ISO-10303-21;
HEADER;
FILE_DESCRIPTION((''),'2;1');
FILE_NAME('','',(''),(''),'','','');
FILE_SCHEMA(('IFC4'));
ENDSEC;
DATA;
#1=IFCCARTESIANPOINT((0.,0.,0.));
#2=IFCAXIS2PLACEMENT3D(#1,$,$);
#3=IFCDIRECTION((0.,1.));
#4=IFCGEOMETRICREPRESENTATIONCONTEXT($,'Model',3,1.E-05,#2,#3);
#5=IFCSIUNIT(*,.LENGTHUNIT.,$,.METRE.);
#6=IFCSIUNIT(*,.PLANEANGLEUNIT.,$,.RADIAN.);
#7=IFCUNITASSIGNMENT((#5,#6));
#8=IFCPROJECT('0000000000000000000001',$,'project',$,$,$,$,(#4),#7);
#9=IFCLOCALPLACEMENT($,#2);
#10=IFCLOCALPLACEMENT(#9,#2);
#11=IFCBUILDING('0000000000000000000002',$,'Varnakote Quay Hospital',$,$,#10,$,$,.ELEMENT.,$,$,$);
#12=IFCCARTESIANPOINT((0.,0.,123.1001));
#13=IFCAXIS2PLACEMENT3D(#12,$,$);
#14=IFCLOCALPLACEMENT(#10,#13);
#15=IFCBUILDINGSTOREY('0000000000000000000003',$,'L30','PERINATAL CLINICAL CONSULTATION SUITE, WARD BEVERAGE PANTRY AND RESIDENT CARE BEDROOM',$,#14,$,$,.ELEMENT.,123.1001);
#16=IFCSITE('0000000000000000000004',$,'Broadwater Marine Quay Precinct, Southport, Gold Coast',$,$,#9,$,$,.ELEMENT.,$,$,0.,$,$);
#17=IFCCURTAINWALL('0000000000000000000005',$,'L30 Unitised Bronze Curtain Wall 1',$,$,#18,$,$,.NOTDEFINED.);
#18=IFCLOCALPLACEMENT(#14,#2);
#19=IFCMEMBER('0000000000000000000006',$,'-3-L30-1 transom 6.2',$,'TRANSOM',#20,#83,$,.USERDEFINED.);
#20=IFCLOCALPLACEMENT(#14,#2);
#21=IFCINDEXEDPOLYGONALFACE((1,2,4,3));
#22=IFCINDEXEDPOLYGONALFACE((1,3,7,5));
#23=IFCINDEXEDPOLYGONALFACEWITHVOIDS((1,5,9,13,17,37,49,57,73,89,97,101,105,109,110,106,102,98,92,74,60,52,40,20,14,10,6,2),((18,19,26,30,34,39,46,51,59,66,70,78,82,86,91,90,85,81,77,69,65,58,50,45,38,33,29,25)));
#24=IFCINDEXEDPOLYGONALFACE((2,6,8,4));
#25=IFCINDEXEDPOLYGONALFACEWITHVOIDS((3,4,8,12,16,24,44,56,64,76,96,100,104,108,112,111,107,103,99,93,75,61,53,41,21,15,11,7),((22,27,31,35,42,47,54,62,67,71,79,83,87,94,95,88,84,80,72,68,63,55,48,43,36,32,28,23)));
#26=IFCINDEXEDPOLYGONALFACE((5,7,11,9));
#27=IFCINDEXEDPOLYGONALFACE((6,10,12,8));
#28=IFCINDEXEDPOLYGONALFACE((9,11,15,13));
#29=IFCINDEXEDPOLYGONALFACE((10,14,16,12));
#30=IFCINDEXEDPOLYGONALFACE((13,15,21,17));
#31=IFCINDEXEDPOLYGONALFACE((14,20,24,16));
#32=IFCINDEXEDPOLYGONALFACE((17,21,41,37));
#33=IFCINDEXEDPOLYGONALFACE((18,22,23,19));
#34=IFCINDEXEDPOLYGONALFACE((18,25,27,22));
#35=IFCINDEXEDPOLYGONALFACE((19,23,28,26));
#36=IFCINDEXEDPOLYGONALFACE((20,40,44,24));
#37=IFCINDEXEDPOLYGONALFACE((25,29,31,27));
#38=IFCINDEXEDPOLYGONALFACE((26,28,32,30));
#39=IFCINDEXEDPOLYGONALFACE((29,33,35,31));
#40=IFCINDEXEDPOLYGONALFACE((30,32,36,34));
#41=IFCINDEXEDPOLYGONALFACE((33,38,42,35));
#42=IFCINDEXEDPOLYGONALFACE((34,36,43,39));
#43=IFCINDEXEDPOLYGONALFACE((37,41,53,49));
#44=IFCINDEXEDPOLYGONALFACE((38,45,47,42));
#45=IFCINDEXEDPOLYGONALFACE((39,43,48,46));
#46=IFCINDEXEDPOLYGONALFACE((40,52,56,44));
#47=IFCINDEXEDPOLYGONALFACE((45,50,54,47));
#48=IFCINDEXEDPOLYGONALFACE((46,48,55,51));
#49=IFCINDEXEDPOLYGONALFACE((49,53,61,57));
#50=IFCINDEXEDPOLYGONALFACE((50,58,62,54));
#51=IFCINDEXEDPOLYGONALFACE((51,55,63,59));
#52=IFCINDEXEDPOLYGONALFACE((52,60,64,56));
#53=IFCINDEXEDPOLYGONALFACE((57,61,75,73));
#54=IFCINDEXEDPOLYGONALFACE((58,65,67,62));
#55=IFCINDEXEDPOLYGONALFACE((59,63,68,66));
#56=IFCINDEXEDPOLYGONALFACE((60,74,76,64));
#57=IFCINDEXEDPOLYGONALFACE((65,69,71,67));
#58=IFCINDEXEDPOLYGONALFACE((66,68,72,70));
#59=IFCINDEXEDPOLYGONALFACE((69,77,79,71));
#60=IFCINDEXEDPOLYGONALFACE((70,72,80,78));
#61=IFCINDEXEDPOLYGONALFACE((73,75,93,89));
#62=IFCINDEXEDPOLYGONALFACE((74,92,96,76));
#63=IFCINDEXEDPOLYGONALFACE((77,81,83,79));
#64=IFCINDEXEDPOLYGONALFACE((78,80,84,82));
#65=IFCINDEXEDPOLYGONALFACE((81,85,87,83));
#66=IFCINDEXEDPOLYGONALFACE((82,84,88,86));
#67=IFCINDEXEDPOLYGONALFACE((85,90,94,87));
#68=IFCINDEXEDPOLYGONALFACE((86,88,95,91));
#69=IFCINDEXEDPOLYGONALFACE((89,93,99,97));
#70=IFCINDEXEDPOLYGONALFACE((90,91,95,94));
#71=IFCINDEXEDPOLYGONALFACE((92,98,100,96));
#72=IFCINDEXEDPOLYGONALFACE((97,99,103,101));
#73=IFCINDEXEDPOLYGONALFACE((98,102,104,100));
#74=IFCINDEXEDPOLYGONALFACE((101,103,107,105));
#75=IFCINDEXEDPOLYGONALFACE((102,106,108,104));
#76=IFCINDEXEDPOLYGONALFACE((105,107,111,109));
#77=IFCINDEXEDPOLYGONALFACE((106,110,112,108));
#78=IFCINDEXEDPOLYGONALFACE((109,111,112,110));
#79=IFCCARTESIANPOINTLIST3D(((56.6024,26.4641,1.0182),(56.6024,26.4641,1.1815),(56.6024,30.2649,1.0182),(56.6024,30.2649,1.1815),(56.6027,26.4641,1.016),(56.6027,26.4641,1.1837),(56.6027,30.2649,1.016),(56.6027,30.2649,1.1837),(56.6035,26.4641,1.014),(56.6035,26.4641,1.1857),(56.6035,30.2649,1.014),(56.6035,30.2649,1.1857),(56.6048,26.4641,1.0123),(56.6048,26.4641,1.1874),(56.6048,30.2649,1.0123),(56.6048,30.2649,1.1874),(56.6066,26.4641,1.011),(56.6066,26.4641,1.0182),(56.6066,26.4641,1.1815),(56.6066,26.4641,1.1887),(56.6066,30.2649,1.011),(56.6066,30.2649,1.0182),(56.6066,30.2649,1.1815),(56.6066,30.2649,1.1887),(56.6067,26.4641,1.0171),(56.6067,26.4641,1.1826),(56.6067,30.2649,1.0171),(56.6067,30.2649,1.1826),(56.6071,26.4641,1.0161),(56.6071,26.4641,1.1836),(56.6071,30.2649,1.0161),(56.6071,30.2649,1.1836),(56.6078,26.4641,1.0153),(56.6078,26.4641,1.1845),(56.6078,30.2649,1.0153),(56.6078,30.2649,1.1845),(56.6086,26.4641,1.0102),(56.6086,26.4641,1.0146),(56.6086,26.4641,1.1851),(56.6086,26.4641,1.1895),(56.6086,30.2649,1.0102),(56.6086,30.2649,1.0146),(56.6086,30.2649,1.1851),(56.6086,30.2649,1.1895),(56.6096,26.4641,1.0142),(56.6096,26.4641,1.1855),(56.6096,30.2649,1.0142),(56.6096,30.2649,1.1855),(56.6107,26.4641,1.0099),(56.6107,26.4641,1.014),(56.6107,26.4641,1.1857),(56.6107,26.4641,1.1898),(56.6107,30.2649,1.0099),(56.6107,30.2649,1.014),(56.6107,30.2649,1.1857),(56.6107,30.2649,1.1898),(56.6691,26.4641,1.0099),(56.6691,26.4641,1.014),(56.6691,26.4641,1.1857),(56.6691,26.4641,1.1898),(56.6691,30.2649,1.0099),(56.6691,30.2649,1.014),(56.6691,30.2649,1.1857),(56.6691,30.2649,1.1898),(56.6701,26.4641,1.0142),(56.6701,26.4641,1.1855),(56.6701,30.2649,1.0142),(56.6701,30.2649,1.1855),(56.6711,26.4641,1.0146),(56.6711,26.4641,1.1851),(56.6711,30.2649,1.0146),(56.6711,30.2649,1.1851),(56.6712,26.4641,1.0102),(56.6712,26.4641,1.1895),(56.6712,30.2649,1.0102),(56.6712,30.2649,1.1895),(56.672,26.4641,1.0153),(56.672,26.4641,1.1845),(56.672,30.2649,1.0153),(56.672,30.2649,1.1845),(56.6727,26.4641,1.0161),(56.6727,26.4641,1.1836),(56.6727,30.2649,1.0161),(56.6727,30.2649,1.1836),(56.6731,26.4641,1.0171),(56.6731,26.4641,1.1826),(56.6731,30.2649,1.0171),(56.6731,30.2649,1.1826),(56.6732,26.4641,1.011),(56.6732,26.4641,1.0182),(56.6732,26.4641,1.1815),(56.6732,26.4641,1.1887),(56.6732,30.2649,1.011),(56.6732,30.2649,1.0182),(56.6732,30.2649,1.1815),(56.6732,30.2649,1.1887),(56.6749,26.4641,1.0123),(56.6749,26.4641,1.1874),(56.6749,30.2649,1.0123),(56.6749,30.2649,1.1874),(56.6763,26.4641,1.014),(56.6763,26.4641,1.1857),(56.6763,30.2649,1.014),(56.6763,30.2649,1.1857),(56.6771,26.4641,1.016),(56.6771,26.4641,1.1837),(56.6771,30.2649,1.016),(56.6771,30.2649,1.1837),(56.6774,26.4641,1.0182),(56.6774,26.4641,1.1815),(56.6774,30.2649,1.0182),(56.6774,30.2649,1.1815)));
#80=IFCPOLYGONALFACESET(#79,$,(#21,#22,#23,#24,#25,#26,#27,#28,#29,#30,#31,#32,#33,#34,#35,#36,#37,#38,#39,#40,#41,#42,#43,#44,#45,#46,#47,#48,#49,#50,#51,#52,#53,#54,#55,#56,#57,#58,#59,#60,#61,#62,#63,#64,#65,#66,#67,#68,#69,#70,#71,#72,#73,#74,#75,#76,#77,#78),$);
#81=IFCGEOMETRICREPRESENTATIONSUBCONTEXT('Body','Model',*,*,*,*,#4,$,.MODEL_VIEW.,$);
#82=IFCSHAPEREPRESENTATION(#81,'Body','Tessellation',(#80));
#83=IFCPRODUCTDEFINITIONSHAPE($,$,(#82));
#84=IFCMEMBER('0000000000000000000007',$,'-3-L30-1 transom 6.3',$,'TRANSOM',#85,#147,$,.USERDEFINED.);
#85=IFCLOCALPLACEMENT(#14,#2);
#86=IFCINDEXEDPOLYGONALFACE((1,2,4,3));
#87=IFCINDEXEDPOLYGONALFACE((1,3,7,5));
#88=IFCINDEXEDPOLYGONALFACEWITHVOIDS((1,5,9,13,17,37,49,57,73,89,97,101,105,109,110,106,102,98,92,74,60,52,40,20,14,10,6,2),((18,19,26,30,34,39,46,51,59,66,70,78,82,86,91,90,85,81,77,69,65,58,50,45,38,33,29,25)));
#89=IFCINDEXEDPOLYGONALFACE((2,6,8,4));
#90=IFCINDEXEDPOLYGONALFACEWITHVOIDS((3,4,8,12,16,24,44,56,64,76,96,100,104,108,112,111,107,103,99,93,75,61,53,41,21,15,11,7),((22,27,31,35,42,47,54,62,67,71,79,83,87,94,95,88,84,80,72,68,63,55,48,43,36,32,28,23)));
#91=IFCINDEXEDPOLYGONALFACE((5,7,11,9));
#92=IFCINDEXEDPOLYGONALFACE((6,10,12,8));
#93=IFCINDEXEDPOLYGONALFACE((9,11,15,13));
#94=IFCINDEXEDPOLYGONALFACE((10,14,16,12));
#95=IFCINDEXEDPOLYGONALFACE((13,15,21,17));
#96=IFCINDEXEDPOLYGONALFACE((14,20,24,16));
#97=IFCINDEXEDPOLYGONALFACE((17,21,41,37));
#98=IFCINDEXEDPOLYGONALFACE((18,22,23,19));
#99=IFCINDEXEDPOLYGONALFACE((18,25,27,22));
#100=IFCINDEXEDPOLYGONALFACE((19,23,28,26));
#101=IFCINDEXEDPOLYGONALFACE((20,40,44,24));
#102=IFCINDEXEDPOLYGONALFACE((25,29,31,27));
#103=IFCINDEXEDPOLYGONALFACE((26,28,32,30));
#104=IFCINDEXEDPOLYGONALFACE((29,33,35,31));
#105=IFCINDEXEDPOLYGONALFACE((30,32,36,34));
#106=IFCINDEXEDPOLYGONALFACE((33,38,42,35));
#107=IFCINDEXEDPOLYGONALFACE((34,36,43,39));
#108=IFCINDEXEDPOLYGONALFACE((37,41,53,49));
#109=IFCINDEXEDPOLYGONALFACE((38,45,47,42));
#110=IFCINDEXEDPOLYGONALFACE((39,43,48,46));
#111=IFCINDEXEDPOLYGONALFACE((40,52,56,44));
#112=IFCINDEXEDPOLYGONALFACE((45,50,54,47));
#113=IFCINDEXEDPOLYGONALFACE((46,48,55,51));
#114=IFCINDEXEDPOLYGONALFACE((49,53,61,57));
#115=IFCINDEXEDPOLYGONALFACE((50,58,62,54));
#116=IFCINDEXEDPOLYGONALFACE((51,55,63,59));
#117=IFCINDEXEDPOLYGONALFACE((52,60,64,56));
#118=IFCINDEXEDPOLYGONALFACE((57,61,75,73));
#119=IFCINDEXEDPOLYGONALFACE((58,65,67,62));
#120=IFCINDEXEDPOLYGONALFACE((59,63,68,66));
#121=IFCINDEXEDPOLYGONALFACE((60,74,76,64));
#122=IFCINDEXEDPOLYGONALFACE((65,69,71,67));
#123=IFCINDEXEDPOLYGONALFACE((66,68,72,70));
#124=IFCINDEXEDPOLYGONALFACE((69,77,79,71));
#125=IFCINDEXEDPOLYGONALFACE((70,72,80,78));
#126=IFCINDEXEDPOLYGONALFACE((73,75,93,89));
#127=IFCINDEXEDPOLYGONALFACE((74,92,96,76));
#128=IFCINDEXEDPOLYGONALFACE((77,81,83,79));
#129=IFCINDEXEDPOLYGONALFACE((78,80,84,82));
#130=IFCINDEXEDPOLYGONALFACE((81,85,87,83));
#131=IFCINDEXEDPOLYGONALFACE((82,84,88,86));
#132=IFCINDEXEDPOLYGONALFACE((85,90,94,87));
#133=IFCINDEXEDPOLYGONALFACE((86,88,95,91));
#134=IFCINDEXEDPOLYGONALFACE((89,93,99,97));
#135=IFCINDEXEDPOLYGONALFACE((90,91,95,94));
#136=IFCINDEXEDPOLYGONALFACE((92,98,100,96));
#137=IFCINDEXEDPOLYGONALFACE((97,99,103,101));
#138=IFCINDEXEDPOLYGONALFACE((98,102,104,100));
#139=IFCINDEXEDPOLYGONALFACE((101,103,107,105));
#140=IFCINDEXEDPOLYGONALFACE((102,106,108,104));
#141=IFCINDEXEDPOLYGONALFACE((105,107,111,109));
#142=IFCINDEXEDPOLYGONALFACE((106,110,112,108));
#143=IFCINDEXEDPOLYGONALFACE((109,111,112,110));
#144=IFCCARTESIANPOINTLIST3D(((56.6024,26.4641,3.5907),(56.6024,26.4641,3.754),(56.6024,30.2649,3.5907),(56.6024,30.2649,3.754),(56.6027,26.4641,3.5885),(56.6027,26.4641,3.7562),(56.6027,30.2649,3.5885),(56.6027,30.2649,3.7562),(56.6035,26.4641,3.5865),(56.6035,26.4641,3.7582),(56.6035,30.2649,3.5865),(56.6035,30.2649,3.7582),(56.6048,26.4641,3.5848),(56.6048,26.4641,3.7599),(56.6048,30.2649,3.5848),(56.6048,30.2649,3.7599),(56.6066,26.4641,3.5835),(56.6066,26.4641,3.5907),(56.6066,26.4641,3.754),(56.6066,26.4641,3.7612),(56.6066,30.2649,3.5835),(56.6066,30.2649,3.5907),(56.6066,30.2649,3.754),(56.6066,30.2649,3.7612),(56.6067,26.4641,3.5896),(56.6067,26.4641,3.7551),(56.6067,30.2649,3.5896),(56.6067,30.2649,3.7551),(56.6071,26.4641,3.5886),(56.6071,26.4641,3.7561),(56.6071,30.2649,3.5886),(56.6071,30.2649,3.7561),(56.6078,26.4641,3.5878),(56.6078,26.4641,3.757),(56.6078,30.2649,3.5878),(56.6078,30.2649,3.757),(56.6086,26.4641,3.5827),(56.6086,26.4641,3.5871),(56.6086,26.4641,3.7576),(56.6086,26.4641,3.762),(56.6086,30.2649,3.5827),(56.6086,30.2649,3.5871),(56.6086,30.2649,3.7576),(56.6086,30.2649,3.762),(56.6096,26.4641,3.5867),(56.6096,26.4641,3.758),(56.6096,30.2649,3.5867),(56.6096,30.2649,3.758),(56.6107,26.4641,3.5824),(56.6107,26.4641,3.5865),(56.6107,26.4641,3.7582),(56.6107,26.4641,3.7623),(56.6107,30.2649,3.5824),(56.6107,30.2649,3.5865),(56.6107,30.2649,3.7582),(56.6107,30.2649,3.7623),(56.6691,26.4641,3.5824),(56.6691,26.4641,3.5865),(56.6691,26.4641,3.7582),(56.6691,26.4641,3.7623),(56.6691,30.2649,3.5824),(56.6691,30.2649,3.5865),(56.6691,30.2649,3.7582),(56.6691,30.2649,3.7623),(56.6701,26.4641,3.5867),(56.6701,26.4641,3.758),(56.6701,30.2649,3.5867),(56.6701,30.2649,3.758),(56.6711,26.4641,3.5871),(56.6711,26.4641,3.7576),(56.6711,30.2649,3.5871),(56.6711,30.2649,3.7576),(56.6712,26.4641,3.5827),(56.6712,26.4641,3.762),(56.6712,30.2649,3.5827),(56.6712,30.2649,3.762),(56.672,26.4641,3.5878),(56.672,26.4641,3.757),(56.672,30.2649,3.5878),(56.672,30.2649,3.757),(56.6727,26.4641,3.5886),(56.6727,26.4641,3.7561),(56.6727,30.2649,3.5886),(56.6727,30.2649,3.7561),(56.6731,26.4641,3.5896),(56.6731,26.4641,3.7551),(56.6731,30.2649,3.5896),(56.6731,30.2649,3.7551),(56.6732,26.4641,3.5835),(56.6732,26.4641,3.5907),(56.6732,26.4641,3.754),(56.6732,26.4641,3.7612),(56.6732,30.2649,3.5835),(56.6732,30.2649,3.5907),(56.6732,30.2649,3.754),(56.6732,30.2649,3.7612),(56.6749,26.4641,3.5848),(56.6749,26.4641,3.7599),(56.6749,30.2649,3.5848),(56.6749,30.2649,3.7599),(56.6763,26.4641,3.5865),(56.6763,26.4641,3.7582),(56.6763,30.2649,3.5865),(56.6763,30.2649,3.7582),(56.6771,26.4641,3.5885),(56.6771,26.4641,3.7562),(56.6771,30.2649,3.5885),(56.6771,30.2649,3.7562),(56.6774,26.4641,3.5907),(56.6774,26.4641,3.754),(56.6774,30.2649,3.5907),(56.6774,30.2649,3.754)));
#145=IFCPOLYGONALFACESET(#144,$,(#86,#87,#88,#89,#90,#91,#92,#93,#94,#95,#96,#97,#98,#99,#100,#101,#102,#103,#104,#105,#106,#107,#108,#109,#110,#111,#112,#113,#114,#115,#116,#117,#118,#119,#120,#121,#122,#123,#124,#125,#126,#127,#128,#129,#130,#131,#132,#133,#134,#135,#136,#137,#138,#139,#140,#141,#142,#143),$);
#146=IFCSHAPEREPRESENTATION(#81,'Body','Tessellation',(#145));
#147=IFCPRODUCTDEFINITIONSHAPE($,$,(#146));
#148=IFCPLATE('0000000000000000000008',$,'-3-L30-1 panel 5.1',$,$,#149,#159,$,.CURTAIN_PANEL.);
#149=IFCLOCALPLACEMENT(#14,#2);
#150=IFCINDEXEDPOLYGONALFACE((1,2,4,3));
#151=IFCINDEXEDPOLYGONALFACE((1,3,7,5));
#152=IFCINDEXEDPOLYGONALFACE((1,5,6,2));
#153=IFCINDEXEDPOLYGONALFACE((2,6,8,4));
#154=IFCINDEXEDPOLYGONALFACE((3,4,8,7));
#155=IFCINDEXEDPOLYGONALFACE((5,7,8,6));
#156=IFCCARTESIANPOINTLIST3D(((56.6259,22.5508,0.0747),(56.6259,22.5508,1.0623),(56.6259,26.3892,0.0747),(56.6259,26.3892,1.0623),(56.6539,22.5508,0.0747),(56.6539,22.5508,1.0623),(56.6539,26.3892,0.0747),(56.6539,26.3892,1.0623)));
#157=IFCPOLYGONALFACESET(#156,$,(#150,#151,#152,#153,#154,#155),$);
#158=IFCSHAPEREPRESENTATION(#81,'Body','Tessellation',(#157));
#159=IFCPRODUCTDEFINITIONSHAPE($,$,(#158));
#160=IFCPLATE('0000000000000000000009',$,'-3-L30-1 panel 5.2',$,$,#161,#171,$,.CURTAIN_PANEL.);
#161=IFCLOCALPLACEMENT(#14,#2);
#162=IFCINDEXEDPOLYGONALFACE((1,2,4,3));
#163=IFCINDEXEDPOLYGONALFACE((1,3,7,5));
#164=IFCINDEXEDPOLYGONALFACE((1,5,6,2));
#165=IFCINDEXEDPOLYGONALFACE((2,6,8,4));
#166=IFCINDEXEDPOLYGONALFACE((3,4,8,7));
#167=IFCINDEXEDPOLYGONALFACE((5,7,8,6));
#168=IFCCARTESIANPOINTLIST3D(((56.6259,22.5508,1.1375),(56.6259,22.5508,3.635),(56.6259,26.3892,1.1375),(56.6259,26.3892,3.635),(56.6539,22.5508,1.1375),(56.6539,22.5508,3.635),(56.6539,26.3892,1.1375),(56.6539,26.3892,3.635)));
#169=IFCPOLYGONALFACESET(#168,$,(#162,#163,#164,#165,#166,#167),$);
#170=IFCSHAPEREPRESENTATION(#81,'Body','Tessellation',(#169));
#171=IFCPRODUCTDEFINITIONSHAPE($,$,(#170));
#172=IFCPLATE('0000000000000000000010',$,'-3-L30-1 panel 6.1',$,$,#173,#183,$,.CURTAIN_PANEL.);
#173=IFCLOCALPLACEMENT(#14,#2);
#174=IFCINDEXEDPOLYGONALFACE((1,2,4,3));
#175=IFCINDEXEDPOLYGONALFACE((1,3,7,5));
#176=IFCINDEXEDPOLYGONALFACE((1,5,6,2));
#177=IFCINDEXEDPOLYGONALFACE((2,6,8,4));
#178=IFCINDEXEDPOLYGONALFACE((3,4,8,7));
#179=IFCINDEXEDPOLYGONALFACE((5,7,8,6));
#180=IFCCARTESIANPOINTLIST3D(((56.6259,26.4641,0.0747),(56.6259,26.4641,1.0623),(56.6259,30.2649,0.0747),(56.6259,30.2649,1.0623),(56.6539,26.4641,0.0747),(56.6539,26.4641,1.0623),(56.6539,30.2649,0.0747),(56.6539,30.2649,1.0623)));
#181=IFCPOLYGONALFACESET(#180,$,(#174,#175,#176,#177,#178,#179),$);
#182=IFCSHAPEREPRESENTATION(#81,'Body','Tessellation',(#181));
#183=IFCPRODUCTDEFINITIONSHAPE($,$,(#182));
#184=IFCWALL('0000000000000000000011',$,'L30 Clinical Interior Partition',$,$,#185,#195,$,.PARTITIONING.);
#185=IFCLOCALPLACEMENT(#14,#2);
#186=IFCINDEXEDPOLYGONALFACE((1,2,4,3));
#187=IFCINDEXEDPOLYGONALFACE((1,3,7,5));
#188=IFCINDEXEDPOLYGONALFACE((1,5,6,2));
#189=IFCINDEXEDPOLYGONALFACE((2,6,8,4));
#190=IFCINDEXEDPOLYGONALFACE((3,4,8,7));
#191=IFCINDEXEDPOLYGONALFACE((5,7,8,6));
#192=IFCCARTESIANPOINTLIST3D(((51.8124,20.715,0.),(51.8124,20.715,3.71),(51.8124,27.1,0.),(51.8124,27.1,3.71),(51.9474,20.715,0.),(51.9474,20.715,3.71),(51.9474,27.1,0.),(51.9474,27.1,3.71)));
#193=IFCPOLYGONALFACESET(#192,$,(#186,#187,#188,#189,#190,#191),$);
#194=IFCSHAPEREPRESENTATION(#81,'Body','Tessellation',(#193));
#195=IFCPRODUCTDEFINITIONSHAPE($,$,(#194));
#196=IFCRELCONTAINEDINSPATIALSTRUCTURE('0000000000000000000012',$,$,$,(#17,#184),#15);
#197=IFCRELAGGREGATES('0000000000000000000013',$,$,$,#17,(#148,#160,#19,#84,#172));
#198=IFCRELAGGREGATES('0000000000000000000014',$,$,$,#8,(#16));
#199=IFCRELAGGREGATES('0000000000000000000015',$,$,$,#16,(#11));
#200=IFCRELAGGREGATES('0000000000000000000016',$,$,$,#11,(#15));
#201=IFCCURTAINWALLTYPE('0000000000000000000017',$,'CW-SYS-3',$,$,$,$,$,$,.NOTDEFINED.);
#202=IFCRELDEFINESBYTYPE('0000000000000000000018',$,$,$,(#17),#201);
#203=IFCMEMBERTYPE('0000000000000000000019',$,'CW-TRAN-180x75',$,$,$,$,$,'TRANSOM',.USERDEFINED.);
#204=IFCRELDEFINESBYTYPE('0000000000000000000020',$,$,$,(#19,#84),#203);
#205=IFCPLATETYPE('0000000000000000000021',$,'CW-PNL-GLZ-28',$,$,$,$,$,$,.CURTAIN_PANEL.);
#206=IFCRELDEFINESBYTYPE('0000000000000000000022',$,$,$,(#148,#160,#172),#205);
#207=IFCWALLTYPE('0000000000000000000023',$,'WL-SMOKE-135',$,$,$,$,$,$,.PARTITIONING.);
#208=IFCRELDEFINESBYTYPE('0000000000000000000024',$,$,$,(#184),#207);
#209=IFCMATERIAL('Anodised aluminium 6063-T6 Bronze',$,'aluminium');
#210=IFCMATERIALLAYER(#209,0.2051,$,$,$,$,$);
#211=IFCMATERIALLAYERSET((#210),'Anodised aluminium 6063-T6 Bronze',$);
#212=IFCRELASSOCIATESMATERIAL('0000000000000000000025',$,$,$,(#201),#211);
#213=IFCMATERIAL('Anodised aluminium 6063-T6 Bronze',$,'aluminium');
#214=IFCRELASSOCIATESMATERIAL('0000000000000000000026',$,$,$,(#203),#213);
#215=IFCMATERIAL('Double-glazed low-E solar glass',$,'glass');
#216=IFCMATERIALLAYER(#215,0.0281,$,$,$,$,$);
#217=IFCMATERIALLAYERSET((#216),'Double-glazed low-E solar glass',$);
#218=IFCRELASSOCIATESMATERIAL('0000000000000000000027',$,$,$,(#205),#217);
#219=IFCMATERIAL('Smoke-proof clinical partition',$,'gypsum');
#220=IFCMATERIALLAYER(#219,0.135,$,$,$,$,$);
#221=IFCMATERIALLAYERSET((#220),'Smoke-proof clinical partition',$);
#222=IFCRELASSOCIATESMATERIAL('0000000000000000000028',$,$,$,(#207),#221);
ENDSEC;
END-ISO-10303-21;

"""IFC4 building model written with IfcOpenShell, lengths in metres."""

from ifc_helpers import new_model, si_unit, direction, frame, frame_2d, origin, origin_2d, place, context, subcontext, project, spatial, rectangle, hollow_rectangle, extrude, material, layer, layer_set, material_profile, profile_set, type_object, element, aggregate, save


model = new_model("IFC4")

# Units and contexts
model_context = context("Model", 3, precision=1e-05, world=origin(), true_north=direction((0.0, 1.0)))
body_context = subcontext(model_context, "Body", "Model", "MODEL_VIEW")
ifc_project = project(units=[si_unit("LENGTHUNIT", "METRE"), si_unit("PLANEANGLEUNIT", "RADIAN")], contexts=[model_context])

# Site, building, storey
site_placement = place(None, origin())
site = spatial("IfcSite", under=ifc_project, at=site_placement, Name="Broadwater Marine Quay Precinct, Southport, Gold Coast", CompositionType="ELEMENT", RefElevation=0.0)
building_placement = place(site_placement, origin())
building = spatial("IfcBuilding", under=site, at=building_placement, Name="Varnakote Quay Hospital", CompositionType="ELEMENT")
storey_placement = place(building_placement, frame((0.0, 0.0, 123.1001)))
storey = spatial("IfcBuildingStorey", under=building, at=storey_placement, Name="L30", Description="PERINATAL CLINICAL CONSULTATION SUITE, WARD BEVERAGE PANTRY AND RESIDENT CARE BEDROOM", CompositionType="ELEMENT", Elevation=123.1001)

# Curtain wall, members, plates
ifc_material_1 = material(Name="Anodised aluminium 6063-T6 Bronze", Category="aluminium")
ifc_layer_1 = layer(ifc_material_1, 0.2051)
ifc_layer_set_1 = layer_set([ifc_layer_1], Name="Anodised aluminium 6063-T6 Bronze")
curtain_wall_type = type_object("IfcCurtainWallType", Name="CW-SYS-3", PredefinedType="NOTDEFINED", material=ifc_layer_set_1)
curtain_wall_placement = place(storey_placement, origin())
curtain_wall = element("IfcCurtainWall", 1, at=curtain_wall_placement, inside=storey, type_object=curtain_wall_type, Name="L30 Unitised Bronze Curtain Wall 1", PredefinedType="NOTDEFINED")
ifc_material_2 = material(Name="Anodised aluminium 6063-T6 Bronze", Category="aluminium")
ifc_material_profile_1 = material_profile(ifc_material_2, hollow_rectangle(XDim=0.075, YDim=0.1799, WallThickness=0.0042, InnerFilletRadius=0.0042, OuterFilletRadius=0.0083, at=origin_2d()), Name="CW-TRAN-180x75")
ifc_profile_set_1 = profile_set([ifc_material_profile_1], Name="Anodised aluminium 6063-T6 Bronze")
member_type_1 = type_object("IfcMemberType", Name="CW-TRAN-180x75", ElementType="TRANSOM", PredefinedType="USERDEFINED", material=ifc_profile_set_1)
member_1_placement = place(storey_placement, frame((56.6399, 26.4641, 1.0999), z_axis=(0.0, 1.0, 0.0), x_axis=(-1.0, 0.0, 0.0)))
member_1 = element("IfcMember", 2, at=member_1_placement, type_object=member_type_1, Name="-3-L30-1 transom 6.2", ObjectType="TRANSOM", PredefinedType="USERDEFINED", context=body_context, shape_type="SweptSolid", body=[
    extrude(hollow_rectangle(XDim=0.075, YDim=0.1799, WallThickness=0.0042, InnerFilletRadius=0.0042, OuterFilletRadius=0.0083, at=origin_2d()), origin(), (0.0, 0.0, 1.0), 3.8008),
])
member_2_placement = place(storey_placement, frame((56.6399, 26.4641, 3.6724), z_axis=(0.0, 1.0, 0.0), x_axis=(-1.0, 0.0, 0.0)))
member_2 = element("IfcMember", 3, at=member_2_placement, type_object=member_type_1, Name="-3-L30-1 transom 6.3", ObjectType="TRANSOM", PredefinedType="USERDEFINED", context=body_context, shape_type="SweptSolid", body=[
    extrude(hollow_rectangle(XDim=0.075, YDim=0.1799, WallThickness=0.0042, InnerFilletRadius=0.0042, OuterFilletRadius=0.0083, at=origin_2d()), origin(), (0.0, 0.0, 1.0), 3.8008),
])
ifc_material_3 = material(Name="Double-glazed low-E solar glass", Category="glass")
ifc_layer_2 = layer(ifc_material_3, 0.0281)
ifc_layer_set_2 = layer_set([ifc_layer_2], Name="Double-glazed low-E solar glass")
plate_type = type_object("IfcPlateType", Name="CW-PNL-GLZ-28", PredefinedType="CURTAIN_PANEL", material=ifc_layer_set_2)
plate_1_placement = place(storey_placement, frame((56.6399, 24.47, 0.0747), z_axis=(0.0, 0.0, 1.0), x_axis=(0.0, 1.0, 0.0)))
plate_1 = element("IfcPlate", 4, at=plate_1_placement, type_object=plate_type, Name="-3-L30-1 panel 5.1", PredefinedType="CURTAIN_PANEL", context=body_context, shape_type="SweptSolid", body=[
    extrude(rectangle(XDim=3.8384, YDim=0.0281, at=origin_2d()), origin(), (0.0, 0.0, 1.0), 0.9875),
])
plate_2_placement = place(storey_placement, frame((56.6399, 24.47, 1.1375), z_axis=(0.0, 0.0, 1.0), x_axis=(0.0, 1.0, 0.0)))
plate_2 = element("IfcPlate", 5, at=plate_2_placement, type_object=plate_type, Name="-3-L30-1 panel 5.2", PredefinedType="CURTAIN_PANEL", context=body_context, shape_type="SweptSolid", body=[
    extrude(rectangle(XDim=3.8384, YDim=0.0281, at=origin_2d()), origin(), (0.0, 0.0, 1.0), 2.4976),
])
plate_3_placement = place(storey_placement, frame((56.6399, 28.3645, 0.0747), z_axis=(0.0, 0.0, 1.0), x_axis=(0.0, 1.0, 0.0)))
plate_3 = element("IfcPlate", 6, at=plate_3_placement, type_object=plate_type, Name="-3-L30-1 panel 6.1", PredefinedType="CURTAIN_PANEL", context=body_context, shape_type="SweptSolid", body=[
    extrude(rectangle(XDim=3.8008, YDim=0.0281, at=origin_2d()), origin(), (0.0, 0.0, 1.0), 0.9875),
])
aggregate(curtain_wall, [plate_1, plate_2, member_1, member_2, plate_3])

# Wall
ifc_material_4 = material(Name="Smoke-proof clinical partition", Category="gypsum")
ifc_layer_3 = layer(ifc_material_4, 0.135)
ifc_layer_set_3 = layer_set([ifc_layer_3], Name="Smoke-proof clinical partition")
wall_type_1 = type_object("IfcWallType", Name="WL-SMOKE-135", PredefinedType="PARTITIONING", material=ifc_layer_set_3)
wall_1_placement = place(storey_placement, frame((51.8799, 20.7151, 0.0), z_axis=(0.0, 0.0, 1.0), x_axis=(0.0, 1.0, 0.0)))
element("IfcWall", 7, at=wall_1_placement, inside=storey, type_object=wall_type_1, Name="L30 Clinical Interior Partition", PredefinedType="PARTITIONING", context=body_context, shape_type="SweptSolid", body=[
    extrude(rectangle(XDim=6.385, YDim=0.135, at=frame_2d((3.1924, 0.0))), origin(), (0.0, 0.0, 1.0), 3.71),
])

save(model, "model.ifc")
